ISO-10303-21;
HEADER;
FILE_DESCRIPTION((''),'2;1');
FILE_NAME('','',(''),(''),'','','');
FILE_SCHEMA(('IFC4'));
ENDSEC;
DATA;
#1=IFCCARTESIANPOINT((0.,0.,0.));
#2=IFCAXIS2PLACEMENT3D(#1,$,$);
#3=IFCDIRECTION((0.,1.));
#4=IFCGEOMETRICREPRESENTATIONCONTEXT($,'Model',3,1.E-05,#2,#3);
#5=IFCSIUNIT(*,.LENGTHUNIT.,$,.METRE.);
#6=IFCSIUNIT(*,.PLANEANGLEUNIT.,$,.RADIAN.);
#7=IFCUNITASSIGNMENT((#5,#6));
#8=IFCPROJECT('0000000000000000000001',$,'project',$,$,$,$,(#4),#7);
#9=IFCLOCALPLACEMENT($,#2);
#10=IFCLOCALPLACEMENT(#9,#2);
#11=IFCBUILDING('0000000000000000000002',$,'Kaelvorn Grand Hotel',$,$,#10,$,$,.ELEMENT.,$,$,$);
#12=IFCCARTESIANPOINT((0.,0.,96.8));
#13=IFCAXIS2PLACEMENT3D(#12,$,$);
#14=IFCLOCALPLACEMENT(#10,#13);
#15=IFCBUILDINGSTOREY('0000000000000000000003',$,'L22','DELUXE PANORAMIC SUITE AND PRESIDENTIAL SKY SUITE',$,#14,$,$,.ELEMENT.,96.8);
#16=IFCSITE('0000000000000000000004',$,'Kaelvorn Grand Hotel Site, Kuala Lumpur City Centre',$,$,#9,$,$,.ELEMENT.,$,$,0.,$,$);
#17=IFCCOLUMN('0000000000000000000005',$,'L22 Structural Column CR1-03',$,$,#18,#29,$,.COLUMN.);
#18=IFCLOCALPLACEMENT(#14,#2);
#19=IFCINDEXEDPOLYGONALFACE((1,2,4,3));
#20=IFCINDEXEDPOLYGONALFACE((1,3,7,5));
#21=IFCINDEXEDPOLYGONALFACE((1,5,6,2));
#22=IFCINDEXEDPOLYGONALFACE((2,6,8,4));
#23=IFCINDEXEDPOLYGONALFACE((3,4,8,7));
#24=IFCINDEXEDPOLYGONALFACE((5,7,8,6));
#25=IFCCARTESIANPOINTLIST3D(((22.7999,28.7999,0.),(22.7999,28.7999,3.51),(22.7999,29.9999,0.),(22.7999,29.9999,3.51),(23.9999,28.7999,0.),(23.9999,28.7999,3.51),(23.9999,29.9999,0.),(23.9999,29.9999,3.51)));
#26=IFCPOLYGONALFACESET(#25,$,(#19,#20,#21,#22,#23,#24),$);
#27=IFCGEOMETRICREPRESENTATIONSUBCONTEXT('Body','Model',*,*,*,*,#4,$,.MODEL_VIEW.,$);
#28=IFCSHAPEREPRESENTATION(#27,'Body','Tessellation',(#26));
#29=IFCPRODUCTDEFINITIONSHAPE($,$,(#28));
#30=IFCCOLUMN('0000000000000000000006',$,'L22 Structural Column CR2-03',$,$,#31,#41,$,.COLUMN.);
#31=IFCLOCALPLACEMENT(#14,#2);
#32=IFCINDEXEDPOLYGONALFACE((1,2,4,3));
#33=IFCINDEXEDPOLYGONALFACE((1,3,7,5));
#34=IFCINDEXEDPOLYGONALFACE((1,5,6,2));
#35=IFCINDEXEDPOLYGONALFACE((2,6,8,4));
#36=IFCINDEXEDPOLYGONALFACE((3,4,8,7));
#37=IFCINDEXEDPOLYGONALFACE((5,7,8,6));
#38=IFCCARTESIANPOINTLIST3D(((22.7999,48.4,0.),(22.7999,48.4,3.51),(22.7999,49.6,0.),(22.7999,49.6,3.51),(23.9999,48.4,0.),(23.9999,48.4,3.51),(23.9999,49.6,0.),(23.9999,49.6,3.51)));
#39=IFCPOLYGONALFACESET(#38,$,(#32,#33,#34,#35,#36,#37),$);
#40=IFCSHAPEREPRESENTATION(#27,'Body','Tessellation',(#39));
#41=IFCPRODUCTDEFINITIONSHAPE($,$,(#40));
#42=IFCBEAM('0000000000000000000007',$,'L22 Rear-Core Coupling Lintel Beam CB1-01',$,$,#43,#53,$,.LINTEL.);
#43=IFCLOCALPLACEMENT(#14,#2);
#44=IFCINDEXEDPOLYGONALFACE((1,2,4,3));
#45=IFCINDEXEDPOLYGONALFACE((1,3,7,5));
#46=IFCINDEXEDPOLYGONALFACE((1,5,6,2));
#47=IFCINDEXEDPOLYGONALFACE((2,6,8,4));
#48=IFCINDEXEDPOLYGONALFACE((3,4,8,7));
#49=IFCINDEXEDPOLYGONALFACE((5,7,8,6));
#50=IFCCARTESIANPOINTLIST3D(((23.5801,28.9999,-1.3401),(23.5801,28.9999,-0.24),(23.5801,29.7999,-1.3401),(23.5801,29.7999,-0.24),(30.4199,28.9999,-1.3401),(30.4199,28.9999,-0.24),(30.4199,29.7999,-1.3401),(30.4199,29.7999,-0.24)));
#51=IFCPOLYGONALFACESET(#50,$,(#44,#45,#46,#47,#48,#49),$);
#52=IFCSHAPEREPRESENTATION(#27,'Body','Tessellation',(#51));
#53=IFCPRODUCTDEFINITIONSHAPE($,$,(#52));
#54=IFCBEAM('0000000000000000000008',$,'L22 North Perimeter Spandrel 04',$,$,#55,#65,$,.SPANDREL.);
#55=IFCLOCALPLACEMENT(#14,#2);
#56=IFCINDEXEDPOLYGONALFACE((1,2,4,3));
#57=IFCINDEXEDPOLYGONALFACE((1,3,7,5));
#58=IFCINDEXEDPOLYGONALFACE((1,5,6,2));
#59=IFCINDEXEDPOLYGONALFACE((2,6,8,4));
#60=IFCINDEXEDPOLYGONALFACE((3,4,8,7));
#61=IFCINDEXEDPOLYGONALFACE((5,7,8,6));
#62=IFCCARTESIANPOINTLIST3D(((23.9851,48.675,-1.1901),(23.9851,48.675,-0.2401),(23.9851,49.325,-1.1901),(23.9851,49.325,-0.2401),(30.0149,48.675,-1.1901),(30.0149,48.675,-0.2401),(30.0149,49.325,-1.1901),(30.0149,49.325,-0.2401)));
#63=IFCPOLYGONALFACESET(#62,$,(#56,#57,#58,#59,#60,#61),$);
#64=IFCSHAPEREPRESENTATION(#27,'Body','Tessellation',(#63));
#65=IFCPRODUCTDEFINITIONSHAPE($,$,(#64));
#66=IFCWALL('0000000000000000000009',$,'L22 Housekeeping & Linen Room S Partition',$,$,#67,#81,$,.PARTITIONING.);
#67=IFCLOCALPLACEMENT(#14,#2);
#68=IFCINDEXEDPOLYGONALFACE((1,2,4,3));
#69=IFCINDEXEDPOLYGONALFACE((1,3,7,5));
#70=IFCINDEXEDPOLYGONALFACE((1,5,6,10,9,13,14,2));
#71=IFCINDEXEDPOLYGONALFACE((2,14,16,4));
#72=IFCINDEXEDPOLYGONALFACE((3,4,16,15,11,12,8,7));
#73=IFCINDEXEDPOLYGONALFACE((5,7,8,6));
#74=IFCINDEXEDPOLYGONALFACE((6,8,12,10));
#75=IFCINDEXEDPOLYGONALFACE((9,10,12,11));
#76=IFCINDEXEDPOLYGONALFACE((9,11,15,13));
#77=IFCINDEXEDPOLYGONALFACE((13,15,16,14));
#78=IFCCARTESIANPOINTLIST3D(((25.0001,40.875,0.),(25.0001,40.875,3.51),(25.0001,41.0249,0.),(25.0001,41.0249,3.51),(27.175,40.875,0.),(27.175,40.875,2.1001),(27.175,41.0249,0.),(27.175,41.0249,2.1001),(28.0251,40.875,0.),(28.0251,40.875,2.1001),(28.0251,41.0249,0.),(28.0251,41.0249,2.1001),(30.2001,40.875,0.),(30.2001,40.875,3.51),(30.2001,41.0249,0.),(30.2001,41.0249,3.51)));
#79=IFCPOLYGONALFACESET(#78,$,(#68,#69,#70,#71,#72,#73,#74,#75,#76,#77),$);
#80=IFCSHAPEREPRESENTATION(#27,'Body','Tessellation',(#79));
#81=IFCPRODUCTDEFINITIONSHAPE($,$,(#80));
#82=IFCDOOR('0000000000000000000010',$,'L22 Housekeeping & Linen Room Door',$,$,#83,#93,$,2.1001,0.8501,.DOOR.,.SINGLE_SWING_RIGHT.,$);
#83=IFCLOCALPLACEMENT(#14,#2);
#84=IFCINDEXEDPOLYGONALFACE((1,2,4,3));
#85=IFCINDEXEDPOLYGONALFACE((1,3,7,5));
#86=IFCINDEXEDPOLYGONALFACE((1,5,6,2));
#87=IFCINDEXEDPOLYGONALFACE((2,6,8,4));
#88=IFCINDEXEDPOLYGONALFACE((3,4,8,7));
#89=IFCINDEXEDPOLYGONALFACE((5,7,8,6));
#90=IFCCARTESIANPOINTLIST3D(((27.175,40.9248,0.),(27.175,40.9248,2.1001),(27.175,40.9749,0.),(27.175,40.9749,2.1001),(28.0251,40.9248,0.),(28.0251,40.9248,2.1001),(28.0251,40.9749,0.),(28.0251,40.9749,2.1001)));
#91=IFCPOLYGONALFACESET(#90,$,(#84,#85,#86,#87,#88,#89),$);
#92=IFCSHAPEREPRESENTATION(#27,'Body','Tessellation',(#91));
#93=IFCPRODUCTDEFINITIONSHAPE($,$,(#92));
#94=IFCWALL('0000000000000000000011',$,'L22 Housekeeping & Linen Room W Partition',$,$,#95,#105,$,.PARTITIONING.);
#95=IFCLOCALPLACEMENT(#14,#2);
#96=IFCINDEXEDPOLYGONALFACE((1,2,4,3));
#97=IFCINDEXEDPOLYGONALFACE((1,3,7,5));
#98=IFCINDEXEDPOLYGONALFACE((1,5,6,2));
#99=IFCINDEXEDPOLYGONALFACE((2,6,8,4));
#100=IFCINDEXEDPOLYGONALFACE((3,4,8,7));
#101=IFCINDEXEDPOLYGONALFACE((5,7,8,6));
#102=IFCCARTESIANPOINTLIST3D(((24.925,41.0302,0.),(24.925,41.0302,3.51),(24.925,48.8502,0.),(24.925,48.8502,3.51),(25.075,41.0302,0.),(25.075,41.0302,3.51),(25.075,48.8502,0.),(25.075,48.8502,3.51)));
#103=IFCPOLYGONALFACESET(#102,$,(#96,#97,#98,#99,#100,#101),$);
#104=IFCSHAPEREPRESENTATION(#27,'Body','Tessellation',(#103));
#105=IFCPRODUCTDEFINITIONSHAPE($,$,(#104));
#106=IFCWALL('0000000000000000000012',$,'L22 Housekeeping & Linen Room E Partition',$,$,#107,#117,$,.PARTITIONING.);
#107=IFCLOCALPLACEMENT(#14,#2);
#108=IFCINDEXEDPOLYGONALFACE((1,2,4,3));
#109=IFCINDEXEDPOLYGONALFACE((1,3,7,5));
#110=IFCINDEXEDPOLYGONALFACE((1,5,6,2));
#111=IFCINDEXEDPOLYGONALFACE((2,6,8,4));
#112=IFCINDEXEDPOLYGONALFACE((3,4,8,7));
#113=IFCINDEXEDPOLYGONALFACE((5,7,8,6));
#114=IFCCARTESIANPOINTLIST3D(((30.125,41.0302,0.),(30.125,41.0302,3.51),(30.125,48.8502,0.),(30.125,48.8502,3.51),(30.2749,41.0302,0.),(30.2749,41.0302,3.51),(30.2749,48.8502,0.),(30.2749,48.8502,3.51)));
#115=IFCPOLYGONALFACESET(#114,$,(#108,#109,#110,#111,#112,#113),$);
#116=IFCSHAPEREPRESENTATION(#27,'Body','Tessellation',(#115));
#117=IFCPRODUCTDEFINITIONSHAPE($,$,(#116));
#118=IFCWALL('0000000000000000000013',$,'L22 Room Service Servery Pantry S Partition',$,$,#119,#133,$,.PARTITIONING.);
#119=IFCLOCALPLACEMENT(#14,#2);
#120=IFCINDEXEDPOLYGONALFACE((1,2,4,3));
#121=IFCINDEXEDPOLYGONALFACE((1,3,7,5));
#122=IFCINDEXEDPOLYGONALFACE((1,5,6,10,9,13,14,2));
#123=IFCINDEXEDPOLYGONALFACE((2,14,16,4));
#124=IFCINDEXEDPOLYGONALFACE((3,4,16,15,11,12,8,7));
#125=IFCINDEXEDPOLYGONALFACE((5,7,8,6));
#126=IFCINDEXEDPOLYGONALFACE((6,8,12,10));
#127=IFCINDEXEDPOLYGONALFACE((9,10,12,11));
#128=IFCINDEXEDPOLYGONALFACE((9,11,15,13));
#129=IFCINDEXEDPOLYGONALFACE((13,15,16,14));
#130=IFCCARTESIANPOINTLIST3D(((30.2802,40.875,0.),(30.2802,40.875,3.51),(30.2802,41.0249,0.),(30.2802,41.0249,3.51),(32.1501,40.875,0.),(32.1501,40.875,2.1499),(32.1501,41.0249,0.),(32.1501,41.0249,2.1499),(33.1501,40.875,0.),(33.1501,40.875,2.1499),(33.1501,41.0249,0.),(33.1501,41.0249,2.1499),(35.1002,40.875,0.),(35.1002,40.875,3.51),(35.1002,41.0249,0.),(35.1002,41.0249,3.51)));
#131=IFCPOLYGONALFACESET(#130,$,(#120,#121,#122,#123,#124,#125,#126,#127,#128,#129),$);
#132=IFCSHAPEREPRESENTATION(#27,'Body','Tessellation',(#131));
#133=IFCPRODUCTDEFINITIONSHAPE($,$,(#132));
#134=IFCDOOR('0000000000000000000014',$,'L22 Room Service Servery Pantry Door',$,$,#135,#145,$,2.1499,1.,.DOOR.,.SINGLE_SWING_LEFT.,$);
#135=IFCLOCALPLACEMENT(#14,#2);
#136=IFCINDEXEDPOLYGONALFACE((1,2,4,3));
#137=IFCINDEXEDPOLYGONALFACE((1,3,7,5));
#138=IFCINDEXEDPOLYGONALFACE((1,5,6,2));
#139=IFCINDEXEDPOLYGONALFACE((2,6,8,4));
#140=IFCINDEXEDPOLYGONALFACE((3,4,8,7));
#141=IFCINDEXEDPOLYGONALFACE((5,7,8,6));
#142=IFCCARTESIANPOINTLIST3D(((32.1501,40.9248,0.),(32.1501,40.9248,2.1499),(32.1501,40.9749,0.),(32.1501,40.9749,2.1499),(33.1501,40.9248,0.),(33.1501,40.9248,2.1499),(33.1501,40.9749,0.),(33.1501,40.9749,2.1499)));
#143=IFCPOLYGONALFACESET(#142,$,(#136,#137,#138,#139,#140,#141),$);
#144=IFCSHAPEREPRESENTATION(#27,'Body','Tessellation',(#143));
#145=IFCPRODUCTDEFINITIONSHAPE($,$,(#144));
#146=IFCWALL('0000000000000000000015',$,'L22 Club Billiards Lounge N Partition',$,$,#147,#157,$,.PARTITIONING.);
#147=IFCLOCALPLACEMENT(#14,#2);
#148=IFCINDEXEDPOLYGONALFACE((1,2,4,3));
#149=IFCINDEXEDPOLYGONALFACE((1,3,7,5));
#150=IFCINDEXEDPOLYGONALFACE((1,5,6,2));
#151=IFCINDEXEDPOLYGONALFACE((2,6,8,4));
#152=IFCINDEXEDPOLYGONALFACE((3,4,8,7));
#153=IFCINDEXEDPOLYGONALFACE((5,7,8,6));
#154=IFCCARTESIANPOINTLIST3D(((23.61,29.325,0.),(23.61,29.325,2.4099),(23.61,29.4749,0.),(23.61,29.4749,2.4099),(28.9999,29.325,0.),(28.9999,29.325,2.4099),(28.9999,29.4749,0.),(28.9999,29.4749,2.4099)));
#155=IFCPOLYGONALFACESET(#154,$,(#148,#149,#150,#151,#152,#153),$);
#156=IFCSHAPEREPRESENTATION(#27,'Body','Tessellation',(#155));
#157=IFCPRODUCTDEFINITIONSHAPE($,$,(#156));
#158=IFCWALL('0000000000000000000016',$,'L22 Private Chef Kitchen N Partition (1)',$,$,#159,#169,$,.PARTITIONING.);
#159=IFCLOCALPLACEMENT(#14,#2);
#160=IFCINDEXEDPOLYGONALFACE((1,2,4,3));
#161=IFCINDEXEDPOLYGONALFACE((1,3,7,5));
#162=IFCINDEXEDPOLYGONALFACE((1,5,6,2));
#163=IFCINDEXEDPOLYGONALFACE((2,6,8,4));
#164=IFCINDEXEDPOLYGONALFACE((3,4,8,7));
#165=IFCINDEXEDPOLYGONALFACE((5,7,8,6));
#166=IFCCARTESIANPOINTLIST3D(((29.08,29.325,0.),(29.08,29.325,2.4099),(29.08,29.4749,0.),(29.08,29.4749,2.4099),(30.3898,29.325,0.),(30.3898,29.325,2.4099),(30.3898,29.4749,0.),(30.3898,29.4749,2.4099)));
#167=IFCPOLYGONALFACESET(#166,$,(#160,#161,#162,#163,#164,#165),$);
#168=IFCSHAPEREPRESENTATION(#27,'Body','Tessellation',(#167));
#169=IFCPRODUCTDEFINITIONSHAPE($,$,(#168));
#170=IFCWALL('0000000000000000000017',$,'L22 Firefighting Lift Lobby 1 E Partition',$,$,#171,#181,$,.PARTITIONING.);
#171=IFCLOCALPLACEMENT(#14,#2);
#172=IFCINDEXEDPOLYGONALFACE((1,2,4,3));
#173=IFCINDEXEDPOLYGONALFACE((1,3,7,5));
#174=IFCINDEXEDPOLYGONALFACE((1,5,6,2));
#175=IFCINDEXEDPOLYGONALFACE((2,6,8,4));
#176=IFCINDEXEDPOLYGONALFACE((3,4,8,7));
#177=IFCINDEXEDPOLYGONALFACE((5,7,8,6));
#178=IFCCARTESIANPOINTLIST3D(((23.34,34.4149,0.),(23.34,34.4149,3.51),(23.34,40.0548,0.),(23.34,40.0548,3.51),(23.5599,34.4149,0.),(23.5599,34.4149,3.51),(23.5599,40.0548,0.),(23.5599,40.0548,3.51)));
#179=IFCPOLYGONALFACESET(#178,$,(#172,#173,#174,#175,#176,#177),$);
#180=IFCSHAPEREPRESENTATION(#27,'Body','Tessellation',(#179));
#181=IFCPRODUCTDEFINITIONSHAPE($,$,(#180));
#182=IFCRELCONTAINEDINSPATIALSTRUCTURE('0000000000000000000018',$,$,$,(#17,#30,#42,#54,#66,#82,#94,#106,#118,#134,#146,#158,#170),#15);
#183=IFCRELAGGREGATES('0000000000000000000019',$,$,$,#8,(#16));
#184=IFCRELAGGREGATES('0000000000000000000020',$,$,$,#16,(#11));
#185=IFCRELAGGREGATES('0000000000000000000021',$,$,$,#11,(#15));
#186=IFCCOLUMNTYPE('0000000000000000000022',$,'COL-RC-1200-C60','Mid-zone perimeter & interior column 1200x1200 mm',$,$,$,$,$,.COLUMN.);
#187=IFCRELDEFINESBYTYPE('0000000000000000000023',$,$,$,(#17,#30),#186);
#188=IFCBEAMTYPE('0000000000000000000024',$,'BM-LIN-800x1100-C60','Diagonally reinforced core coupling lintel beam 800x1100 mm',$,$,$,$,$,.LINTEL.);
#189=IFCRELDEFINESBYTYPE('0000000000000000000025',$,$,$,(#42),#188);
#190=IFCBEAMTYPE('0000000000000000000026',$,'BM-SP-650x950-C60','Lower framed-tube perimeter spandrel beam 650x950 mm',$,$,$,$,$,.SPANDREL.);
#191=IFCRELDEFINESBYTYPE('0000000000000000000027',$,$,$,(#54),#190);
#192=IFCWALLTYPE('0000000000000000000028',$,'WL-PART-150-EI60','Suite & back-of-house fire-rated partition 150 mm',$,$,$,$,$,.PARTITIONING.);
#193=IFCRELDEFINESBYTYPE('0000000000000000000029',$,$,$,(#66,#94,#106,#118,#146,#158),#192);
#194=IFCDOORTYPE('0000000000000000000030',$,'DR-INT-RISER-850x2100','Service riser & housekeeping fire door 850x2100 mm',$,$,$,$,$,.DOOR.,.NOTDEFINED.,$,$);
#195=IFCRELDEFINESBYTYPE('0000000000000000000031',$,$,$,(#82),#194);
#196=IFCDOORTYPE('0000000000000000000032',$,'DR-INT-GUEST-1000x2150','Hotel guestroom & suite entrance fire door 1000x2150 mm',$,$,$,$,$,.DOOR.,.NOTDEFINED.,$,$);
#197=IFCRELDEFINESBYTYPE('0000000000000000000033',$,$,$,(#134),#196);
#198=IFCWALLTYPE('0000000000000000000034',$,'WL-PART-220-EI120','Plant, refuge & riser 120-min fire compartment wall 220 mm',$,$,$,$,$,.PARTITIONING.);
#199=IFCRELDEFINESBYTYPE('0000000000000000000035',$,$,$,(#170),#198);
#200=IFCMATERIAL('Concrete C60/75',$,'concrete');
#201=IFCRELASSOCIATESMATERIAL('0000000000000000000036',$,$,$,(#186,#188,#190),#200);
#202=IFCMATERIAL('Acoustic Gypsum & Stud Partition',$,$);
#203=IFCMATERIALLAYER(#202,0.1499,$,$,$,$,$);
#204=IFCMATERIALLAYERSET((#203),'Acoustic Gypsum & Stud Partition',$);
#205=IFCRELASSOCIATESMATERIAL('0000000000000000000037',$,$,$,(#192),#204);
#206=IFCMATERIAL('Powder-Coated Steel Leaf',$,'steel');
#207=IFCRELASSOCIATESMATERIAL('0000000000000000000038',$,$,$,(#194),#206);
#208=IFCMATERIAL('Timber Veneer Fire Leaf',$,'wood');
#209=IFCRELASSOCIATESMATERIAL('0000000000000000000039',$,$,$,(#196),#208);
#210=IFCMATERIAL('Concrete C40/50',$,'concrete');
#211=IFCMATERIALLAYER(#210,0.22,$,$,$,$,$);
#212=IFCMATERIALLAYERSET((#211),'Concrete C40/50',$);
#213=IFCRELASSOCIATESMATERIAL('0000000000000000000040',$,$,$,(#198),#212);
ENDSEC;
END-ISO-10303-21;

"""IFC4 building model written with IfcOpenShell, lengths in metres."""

from ifc_helpers import new_model, si_unit, direction, frame, frame_2d, origin, origin_2d, place, context, subcontext, project, spatial, rectangle, extrude, material, layer, layer_set, material_profile, profile_set, type_object, element, fill, save


model = new_model("IFC4")

# Units and contexts
model_context = context("Model", 3, precision=1e-05, world=origin(), true_north=direction((0.0, 1.0)))
body_context = subcontext(model_context, "Body", "Model", "MODEL_VIEW")
ifc_project = project(units=[si_unit("LENGTHUNIT", "METRE"), si_unit("PLANEANGLEUNIT", "RADIAN")], contexts=[model_context])

# Site, building, storey
site_placement = place(None, origin())
site = spatial("IfcSite", under=ifc_project, at=site_placement, Name="Kaelvorn Grand Hotel Site, Kuala Lumpur City Centre", CompositionType="ELEMENT", RefElevation=0.0)
building_placement = place(site_placement, origin())
building = spatial("IfcBuilding", under=site, at=building_placement, Name="Kaelvorn Grand Hotel", CompositionType="ELEMENT")
storey_placement = place(building_placement, frame((0.0, 0.0, 96.8)))
storey = spatial("IfcBuildingStorey", under=building, at=storey_placement, Name="L22", Description="DELUXE PANORAMIC SUITE AND PRESIDENTIAL SKY SUITE", CompositionType="ELEMENT", Elevation=96.8)

# Columns
ifc_material_1 = material(Name="Concrete C60/75", Category="concrete")
ifc_material_profile_1 = material_profile(ifc_material_1, rectangle(XDim=1.2, YDim=1.2, at=origin_2d()), Name="RC COL 1200x1200")
ifc_profile_set_1 = profile_set([ifc_material_profile_1], Name="Concrete C60/75")
column_type = type_object("IfcColumnType", Name="COL-RC-1200-C60", Description="Mid-zone perimeter & interior column 1200x1200 mm", PredefinedType="COLUMN", material=ifc_profile_set_1)
for number, where, z_axis, x_axis, name in (
    (1, (23.3999, 29.3999, 0.0), (0.0, 0.0, 1.0), (1.0, 0.0, 0.0), "L22 Structural Column CR1-03"),
    (2, (23.3999, 49.0, 0.0), (0.0, 0.0, 1.0), (1.0, 0.0, 0.0), "L22 Structural Column CR2-03"),
):
    element("IfcColumn", number, at=place(storey_placement, frame(where, z_axis=z_axis, x_axis=x_axis)), inside=storey, type_object=column_type, Name=name, PredefinedType="COLUMN", context=body_context, shape_type="SweptSolid", body=[
        extrude(rectangle(XDim=1.2, YDim=1.2, at=origin_2d()), origin(), (0.0, 0.0, 1.0), 3.51),
    ])

# Beams
ifc_material_profile_2 = material_profile(ifc_material_1, rectangle(XDim=0.8, YDim=1.1001, at=origin_2d()), Name="RC LINTEL 800x1100")
ifc_profile_set_2 = profile_set([ifc_material_profile_2], Name="Concrete C60/75")
beam_type_1 = type_object("IfcBeamType", Name="BM-LIN-800x1100-C60", Description="Diagonally reinforced core coupling lintel beam 800x1100 mm", PredefinedType="LINTEL", material=ifc_profile_set_2)
beam_1_placement = place(storey_placement, frame((23.5801, 29.3999, -0.79), z_axis=(1.0, 0.0, 0.0), x_axis=(0.0, 1.0, 0.0)))
element("IfcBeam", 3, at=beam_1_placement, inside=storey, type_object=beam_type_1, Name="L22 Rear-Core Coupling Lintel Beam CB1-01", PredefinedType="LINTEL", context=body_context, shape_type="SweptSolid", body=[
    extrude(rectangle(XDim=0.8, YDim=1.1001, at=origin_2d()), origin(), (0.0, 0.0, 1.0), 6.8398),
])
ifc_material_profile_3 = material_profile(ifc_material_1, rectangle(XDim=0.6499, YDim=0.95, at=origin_2d()), Name="RC SPANDREL 650x950")
ifc_profile_set_3 = profile_set([ifc_material_profile_3], Name="Concrete C60/75")
beam_type_2 = type_object("IfcBeamType", Name="BM-SP-650x950-C60", Description="Lower framed-tube perimeter spandrel beam 650x950 mm", PredefinedType="SPANDREL", material=ifc_profile_set_3)
beam_2_placement = place(storey_placement, frame((23.9851, 49.0, -0.7151), z_axis=(1.0, 0.0, 0.0), x_axis=(0.0, 1.0, 0.0)))
element("IfcBeam", 4, at=beam_2_placement, inside=storey, type_object=beam_type_2, Name="L22 North Perimeter Spandrel 04", PredefinedType="SPANDREL", context=body_context, shape_type="SweptSolid", body=[
    extrude(rectangle(XDim=0.6499, YDim=0.95, at=origin_2d()), origin(), (0.0, 0.0, 1.0), 6.0298),
])

# Wall, opening, door
ifc_material_2 = material(Name="Acoustic Gypsum & Stud Partition")
ifc_layer_1 = layer(ifc_material_2, 0.1499)
ifc_layer_set_1 = layer_set([ifc_layer_1], Name="Acoustic Gypsum & Stud Partition")
wall_type_1 = type_object("IfcWallType", Name="WL-PART-150-EI60", Description="Suite & back-of-house fire-rated partition 150 mm", PredefinedType="PARTITIONING", material=ifc_layer_set_1)
wall_1_placement = place(storey_placement, frame((25.0, 40.95, 0.0), z_axis=(0.0, 0.0, 1.0), x_axis=(1.0, 0.0, 0.0)))
wall_1 = element("IfcWall", 5, at=wall_1_placement, inside=storey, type_object=wall_type_1, Name="L22 Housekeeping & Linen Room S Partition", PredefinedType="PARTITIONING", context=body_context, shape_type="SweptSolid", body=[
    extrude(rectangle(XDim=5.2, YDim=0.1499, at=frame_2d((2.6001, 0.0))), origin(), (0.0, 0.0, 1.0), 3.51),
])
opening_1_placement = place(wall_1_placement, frame((2.175, 0.0, 0.0)))
opening_1 = element("IfcOpeningElement", 6, at=opening_1_placement, cuts=wall_1, PredefinedType="OPENING", context=body_context, shape_type="SweptSolid", body=[
    extrude(rectangle(XDim=0.8501, YDim=2.1001, at=frame_2d((0.425, 1.05))), frame((0.0, 0.085, 0.0), z_axis=(0.0, -1.0, 0.0), x_axis=(1.0, 0.0, 0.0)), (0.0, 0.0, 1.0), 0.1699),
])
ifc_material_3 = material(Name="Powder-Coated Steel Leaf", Category="steel")
door_type_1 = type_object("IfcDoorType", Name="DR-INT-RISER-850x2100", Description="Service riser & housekeeping fire door 850x2100 mm", OperationType="NOTDEFINED", PredefinedType="DOOR", material=ifc_material_3)
door_1_placement = place(opening_1_placement, origin())
door_1 = element("IfcDoor", 7, at=door_1_placement, inside=storey, type_object=door_type_1, Name="L22 Housekeeping & Linen Room Door", OperationType="SINGLE_SWING_RIGHT", OverallHeight=2.1001, OverallWidth=0.8501, PredefinedType="DOOR", context=body_context, shape_type="SweptSolid", body=[
    extrude(rectangle(XDim=0.8501, YDim=2.1001, at=frame_2d((0.425, 1.05))), frame((0.0, 0.0249, 0.0), z_axis=(0.0, -1.0, 0.0), x_axis=(1.0, 0.0, 0.0)), (0.0, 0.0, 1.0), 0.05),
])
fill(opening_1, door_1)

# Walls
for number, where, z_axis, x_axis, name in (
    (8, (25.0, 41.03, 0.0), (0.0, 0.0, 1.0), (0.0, 1.0, 0.0), "L22 Housekeeping & Linen Room W Partition"),
    (9, (30.2, 41.03, 0.0), (0.0, 0.0, 1.0), (0.0, 1.0, 0.0), "L22 Housekeeping & Linen Room E Partition"),
):
    element("IfcWall", number, at=place(storey_placement, frame(where, z_axis=z_axis, x_axis=x_axis)), inside=storey, type_object=wall_type_1, Name=name, PredefinedType="PARTITIONING", context=body_context, shape_type="SweptSolid", body=[
        extrude(rectangle(XDim=7.8201, YDim=0.1499, at=frame_2d((3.9102, 0.0))), origin(), (0.0, 0.0, 1.0), 3.51),
    ])

# Wall, opening, door
wall_2_placement = place(storey_placement, frame((30.28, 40.95, 0.0), z_axis=(0.0, 0.0, 1.0), x_axis=(1.0, 0.0, 0.0)))
wall_2 = element("IfcWall", 10, at=wall_2_placement, inside=storey, type_object=wall_type_1, Name="L22 Room Service Servery Pantry S Partition", PredefinedType="PARTITIONING", context=body_context, shape_type="SweptSolid", body=[
    extrude(rectangle(XDim=4.8201, YDim=0.1499, at=frame_2d((2.4102, 0.0))), origin(), (0.0, 0.0, 1.0), 3.51),
])
opening_2_placement = place(wall_2_placement, frame((1.8701, 0.0, 0.0)))
opening_2 = element("IfcOpeningElement", 11, at=opening_2_placement, cuts=wall_2, PredefinedType="OPENING", context=body_context, shape_type="SweptSolid", body=[
    extrude(rectangle(XDim=1.0, YDim=2.1499, at=frame_2d((0.5, 1.075))), frame((0.0, 0.085, 0.0), z_axis=(0.0, -1.0, 0.0), x_axis=(1.0, 0.0, 0.0)), (0.0, 0.0, 1.0), 0.1699),
])
ifc_material_4 = material(Name="Timber Veneer Fire Leaf", Category="wood")
door_type_2 = type_object("IfcDoorType", Name="DR-INT-GUEST-1000x2150", Description="Hotel guestroom & suite entrance fire door 1000x2150 mm", OperationType="NOTDEFINED", PredefinedType="DOOR", material=ifc_material_4)
door_2_placement = place(opening_2_placement, origin())
door_2 = element("IfcDoor", 12, at=door_2_placement, inside=storey, type_object=door_type_2, Name="L22 Room Service Servery Pantry Door", OperationType="SINGLE_SWING_LEFT", OverallHeight=2.1499, OverallWidth=1.0, PredefinedType="DOOR", context=body_context, shape_type="SweptSolid", body=[
    extrude(rectangle(XDim=1.0, YDim=2.1499, at=frame_2d((0.5, 1.075))), frame((0.0, 0.0249, 0.0), z_axis=(0.0, -1.0, 0.0), x_axis=(1.0, 0.0, 0.0)), (0.0, 0.0, 1.0), 0.05),
])
fill(opening_2, door_2)

# Walls
wall_3_placement = place(storey_placement, frame((23.6101, 29.3999, 0.0), z_axis=(0.0, 0.0, 1.0), x_axis=(1.0, 0.0, 0.0)))
element("IfcWall", 13, at=wall_3_placement, inside=storey, type_object=wall_type_1, Name="L22 Club Billiards Lounge N Partition", PredefinedType="PARTITIONING", context=body_context, shape_type="SweptSolid", body=[
    extrude(rectangle(XDim=5.3899, YDim=0.1499, at=frame_2d((2.6948, 0.0))), origin(), (0.0, 0.0, 1.0), 2.4099),
])
wall_4_placement = place(storey_placement, frame((29.0801, 29.3999, 0.0), z_axis=(0.0, 0.0, 1.0), x_axis=(1.0, 0.0, 0.0)))
element("IfcWall", 14, at=wall_4_placement, inside=storey, type_object=wall_type_1, Name="L22 Private Chef Kitchen N Partition (1)", PredefinedType="PARTITIONING", context=body_context, shape_type="SweptSolid", body=[
    extrude(rectangle(XDim=1.3098, YDim=0.1499, at=frame_2d((0.6548, 0.0))), origin(), (0.0, 0.0, 1.0), 2.4099),
])
ifc_material_5 = material(Name="Concrete C40/50", Category="concrete")
ifc_layer_2 = layer(ifc_material_5, 0.22)
ifc_layer_set_2 = layer_set([ifc_layer_2], Name="Concrete C40/50")
wall_type_2 = type_object("IfcWallType", Name="WL-PART-220-EI120", Description="Plant, refuge & riser 120-min fire compartment wall 220 mm", PredefinedType="PARTITIONING", material=ifc_layer_set_2)
wall_5_placement = place(storey_placement, frame((23.45, 34.415, 0.0), z_axis=(0.0, 0.0, 1.0), x_axis=(0.0, 1.0, 0.0)))
element("IfcWall", 15, at=wall_5_placement, inside=storey, type_object=wall_type_2, Name="L22 Firefighting Lift Lobby 1 E Partition", PredefinedType="PARTITIONING", context=body_context, shape_type="SweptSolid", body=[
    extrude(rectangle(XDim=5.6399, YDim=0.22, at=frame_2d((2.8198, 0.0))), origin(), (0.0, 0.0, 1.0), 3.51),
])

save(model, "model.ifc")
